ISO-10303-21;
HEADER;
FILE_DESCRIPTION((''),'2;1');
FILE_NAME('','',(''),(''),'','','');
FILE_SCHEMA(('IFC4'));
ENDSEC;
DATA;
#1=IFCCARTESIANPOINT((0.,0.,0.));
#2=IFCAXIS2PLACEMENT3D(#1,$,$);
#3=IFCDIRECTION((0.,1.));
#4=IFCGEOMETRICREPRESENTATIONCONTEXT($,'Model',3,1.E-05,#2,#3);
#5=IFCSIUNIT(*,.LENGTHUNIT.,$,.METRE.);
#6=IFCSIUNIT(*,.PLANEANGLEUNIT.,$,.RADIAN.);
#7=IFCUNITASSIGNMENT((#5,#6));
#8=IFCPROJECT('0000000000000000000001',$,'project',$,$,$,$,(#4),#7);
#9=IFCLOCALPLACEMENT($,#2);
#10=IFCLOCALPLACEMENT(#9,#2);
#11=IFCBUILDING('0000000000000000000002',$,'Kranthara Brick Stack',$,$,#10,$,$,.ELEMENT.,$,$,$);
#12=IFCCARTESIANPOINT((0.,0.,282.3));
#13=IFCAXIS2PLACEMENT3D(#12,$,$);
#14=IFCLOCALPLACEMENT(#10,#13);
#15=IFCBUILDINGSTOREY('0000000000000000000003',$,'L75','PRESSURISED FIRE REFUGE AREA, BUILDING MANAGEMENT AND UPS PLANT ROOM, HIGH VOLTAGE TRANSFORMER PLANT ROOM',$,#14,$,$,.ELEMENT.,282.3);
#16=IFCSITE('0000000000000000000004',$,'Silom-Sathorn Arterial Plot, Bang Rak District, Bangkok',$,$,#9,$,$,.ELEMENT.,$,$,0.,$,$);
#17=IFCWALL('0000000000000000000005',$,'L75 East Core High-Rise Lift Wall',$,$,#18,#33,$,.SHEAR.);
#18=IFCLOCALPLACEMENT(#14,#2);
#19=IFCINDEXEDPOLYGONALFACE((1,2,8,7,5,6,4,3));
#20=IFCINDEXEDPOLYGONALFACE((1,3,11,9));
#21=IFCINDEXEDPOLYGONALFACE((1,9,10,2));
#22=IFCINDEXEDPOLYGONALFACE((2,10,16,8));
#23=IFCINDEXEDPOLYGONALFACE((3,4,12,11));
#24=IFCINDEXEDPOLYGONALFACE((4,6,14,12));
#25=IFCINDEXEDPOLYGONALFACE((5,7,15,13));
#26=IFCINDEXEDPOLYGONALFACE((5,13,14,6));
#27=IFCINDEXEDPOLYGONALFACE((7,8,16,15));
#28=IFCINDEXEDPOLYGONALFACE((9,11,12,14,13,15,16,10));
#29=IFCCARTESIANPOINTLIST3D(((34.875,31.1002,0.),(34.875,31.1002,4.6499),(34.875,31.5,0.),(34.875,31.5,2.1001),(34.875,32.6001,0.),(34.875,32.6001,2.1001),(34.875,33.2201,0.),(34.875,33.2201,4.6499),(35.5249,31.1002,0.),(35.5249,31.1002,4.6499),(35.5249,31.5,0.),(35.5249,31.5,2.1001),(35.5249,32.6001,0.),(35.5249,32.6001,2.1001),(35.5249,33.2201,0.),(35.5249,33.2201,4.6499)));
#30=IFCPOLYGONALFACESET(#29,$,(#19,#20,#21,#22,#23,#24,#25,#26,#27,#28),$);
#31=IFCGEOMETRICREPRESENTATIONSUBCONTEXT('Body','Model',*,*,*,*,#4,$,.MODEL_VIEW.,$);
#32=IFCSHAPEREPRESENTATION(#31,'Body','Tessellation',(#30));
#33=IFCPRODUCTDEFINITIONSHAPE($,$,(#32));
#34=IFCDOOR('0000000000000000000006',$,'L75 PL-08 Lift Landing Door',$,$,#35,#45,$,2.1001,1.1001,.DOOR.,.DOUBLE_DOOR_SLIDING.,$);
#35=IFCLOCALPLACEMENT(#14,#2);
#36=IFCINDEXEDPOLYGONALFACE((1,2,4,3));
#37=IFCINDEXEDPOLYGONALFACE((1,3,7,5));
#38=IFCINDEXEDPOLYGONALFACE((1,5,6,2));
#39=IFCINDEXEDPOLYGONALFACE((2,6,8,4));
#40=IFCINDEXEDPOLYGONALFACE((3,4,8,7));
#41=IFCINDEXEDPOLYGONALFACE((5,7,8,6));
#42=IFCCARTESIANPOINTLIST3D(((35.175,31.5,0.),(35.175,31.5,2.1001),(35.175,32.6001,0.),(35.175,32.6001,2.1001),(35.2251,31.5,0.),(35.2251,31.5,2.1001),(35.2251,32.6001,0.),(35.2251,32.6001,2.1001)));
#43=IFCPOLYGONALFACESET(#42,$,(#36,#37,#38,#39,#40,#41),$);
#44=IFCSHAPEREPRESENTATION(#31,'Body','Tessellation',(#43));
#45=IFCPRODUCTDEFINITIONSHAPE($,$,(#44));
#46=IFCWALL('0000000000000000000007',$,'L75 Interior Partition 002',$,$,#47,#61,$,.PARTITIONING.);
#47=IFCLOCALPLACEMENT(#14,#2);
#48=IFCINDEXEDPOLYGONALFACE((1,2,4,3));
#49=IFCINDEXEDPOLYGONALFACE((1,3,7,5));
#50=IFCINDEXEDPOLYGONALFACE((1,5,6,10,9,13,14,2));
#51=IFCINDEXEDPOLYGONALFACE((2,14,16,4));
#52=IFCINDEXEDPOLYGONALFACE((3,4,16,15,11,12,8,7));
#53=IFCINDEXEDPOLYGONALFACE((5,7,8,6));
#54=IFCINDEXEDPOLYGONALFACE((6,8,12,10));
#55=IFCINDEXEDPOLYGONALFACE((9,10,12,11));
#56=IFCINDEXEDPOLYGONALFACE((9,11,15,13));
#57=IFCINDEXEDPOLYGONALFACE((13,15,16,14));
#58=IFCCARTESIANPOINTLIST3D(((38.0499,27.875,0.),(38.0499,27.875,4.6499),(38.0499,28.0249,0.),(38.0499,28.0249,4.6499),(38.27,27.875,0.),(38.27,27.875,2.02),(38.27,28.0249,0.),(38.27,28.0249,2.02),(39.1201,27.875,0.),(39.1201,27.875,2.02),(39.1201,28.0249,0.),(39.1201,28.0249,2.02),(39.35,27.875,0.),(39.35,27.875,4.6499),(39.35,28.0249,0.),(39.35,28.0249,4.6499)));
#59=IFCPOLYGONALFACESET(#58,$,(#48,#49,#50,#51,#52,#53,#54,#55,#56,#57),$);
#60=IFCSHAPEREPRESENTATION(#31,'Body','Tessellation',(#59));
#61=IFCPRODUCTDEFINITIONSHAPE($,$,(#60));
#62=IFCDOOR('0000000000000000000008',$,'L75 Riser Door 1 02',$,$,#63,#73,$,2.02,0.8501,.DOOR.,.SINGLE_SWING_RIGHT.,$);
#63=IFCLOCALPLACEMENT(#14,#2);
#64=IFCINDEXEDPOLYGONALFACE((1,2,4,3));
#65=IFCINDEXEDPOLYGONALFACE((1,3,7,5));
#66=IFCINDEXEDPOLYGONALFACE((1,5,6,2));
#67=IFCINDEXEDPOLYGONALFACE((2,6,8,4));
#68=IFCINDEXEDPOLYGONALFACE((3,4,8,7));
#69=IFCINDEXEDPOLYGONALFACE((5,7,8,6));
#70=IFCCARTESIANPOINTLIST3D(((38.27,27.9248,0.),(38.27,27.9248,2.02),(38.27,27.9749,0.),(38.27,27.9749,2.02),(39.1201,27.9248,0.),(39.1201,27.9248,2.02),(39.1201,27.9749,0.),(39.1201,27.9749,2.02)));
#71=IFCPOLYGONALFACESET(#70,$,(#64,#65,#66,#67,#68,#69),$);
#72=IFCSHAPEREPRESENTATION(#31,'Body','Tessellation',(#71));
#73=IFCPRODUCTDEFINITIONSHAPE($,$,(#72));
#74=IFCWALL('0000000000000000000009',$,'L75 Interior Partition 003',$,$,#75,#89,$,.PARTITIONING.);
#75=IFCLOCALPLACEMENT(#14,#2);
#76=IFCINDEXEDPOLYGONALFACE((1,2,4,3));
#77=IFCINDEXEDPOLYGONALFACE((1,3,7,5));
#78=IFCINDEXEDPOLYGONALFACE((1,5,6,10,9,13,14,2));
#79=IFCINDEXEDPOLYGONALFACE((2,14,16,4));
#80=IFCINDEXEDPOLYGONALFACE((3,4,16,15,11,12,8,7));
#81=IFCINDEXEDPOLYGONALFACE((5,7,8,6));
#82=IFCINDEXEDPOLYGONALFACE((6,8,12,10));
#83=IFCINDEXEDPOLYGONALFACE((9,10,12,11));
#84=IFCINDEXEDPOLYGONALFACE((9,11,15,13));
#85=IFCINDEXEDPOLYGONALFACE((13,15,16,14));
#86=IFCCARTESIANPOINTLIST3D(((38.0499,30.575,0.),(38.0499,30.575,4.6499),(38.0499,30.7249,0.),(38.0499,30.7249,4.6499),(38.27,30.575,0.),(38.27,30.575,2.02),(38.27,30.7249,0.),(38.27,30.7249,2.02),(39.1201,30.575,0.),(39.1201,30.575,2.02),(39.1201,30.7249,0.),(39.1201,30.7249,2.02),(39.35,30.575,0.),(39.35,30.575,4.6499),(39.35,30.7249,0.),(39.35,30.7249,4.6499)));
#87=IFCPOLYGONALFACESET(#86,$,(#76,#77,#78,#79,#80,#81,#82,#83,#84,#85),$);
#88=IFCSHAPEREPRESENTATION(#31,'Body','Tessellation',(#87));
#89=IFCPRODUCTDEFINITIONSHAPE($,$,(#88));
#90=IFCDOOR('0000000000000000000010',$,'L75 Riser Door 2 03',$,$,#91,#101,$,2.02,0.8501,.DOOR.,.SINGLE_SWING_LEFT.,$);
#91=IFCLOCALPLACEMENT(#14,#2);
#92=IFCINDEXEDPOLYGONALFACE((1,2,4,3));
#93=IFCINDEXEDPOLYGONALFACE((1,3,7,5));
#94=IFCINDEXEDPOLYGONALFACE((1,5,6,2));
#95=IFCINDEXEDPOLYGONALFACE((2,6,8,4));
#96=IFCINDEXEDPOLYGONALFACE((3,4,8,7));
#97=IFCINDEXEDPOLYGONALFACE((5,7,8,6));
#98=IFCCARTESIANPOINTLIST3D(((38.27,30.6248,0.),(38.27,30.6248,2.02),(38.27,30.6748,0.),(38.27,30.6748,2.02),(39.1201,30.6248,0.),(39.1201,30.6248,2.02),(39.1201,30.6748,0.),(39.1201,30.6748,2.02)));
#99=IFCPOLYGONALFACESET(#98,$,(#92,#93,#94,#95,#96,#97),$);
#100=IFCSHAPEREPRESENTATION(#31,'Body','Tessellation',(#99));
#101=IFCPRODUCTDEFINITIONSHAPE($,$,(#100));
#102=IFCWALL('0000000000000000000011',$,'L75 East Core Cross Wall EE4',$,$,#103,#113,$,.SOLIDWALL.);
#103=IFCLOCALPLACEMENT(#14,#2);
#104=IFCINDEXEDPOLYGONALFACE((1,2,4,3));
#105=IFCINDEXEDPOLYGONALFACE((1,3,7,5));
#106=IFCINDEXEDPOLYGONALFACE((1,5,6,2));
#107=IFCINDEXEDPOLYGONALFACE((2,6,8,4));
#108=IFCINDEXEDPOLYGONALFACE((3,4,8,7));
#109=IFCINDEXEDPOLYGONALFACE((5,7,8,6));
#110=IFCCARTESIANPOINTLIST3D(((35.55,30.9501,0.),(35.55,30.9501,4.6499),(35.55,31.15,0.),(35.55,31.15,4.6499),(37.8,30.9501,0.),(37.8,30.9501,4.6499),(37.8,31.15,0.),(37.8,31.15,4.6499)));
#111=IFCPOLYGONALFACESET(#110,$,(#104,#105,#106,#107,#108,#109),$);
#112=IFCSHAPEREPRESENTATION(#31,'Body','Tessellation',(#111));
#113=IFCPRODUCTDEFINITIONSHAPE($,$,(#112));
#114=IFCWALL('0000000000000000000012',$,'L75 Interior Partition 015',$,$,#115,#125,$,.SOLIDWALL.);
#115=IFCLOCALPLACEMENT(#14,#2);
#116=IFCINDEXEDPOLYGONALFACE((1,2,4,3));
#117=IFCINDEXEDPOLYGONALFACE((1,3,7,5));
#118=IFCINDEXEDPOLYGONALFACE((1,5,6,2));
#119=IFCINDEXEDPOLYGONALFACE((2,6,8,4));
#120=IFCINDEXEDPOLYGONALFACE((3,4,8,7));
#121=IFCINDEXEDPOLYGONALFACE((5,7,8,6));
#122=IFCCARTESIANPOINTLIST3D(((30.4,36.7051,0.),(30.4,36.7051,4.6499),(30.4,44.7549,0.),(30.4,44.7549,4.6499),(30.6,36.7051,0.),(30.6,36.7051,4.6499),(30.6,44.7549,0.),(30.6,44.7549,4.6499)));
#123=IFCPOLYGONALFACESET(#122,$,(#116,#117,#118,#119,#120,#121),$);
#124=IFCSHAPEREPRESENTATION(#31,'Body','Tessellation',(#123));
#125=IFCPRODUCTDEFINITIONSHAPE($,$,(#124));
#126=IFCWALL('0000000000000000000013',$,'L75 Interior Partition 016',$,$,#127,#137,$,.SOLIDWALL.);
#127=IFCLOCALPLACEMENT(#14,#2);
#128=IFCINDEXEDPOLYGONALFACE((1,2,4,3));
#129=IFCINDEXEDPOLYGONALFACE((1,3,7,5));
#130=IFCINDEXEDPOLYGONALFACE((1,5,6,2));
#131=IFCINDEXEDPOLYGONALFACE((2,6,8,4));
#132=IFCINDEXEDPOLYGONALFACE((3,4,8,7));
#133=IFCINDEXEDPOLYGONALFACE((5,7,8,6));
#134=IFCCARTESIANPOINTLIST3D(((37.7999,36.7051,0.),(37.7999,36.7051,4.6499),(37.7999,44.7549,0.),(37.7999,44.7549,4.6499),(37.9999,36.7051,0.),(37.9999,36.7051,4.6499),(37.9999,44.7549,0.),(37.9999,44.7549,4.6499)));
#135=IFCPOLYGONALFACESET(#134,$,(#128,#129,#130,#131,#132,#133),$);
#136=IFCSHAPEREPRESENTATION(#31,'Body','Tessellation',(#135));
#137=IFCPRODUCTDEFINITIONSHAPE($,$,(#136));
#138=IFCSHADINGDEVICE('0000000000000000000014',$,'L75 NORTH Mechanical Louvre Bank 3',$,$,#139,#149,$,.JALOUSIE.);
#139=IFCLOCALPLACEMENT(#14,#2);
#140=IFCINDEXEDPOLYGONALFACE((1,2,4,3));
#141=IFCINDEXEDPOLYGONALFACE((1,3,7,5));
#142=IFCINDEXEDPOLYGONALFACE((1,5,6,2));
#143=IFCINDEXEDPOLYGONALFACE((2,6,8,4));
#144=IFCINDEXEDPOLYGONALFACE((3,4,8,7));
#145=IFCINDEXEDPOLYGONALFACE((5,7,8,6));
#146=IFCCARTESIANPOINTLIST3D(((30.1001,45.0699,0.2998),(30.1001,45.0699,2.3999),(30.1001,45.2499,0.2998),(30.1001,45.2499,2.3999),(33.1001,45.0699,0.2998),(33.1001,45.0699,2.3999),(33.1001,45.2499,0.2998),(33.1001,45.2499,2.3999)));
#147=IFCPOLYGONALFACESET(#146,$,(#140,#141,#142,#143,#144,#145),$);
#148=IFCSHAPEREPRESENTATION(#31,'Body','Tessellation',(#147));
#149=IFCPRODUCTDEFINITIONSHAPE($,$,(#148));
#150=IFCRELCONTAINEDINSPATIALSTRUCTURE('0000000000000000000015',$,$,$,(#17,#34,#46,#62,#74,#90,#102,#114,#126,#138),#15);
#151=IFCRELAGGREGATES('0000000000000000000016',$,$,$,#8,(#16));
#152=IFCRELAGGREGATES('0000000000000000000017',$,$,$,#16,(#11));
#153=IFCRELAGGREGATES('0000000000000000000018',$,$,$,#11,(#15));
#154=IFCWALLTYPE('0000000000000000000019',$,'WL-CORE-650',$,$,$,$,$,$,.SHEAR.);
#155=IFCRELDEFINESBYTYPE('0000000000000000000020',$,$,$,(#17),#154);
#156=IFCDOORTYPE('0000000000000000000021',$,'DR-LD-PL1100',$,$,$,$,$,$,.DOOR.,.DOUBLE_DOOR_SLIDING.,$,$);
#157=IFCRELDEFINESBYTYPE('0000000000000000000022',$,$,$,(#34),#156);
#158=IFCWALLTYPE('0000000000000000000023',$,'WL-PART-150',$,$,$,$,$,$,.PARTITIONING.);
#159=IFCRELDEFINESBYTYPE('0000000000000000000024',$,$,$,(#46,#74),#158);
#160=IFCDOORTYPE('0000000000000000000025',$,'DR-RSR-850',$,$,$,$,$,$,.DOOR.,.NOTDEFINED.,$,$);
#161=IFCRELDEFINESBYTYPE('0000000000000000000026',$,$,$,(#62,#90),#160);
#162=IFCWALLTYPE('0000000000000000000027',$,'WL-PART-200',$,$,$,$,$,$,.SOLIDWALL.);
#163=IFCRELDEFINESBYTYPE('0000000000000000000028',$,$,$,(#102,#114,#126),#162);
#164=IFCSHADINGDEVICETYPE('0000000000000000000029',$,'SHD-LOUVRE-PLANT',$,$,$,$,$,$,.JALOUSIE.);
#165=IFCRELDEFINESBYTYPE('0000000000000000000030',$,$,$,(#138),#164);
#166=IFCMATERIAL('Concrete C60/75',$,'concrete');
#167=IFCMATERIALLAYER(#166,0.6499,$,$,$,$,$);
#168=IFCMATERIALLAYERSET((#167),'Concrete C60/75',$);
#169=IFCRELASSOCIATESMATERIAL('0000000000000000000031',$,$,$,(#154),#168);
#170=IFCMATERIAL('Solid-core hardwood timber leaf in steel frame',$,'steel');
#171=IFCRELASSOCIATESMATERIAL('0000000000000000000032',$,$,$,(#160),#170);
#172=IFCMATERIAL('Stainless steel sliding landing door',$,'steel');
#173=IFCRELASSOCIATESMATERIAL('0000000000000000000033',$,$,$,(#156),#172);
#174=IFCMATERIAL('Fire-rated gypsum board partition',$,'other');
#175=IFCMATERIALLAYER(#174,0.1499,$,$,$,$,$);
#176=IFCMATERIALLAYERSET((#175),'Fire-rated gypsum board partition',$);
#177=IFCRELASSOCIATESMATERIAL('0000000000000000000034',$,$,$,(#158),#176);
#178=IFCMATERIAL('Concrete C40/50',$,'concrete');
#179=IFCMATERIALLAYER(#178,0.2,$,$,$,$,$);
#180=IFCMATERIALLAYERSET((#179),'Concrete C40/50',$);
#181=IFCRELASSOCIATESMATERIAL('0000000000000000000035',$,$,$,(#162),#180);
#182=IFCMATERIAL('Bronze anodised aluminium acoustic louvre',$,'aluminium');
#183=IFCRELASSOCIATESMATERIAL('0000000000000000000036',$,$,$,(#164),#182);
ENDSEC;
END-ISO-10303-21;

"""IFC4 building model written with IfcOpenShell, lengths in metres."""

from ifc_helpers import new_model, si_unit, direction, frame, frame_2d, origin, origin_2d, place, context, subcontext, project, spatial, rectangle, extrude, material, layer, layer_set, type_object, element, fill, save


model = new_model("IFC4")

# Units and contexts
model_context = context("Model", 3, precision=1e-05, world=origin(), true_north=direction((0.0, 1.0)))
body_context = subcontext(model_context, "Body", "Model", "MODEL_VIEW")
ifc_project = project(units=[si_unit("LENGTHUNIT", "METRE"), si_unit("PLANEANGLEUNIT", "RADIAN")], contexts=[model_context])

# Site, building, storey
site_placement = place(None, origin())
site = spatial("IfcSite", under=ifc_project, at=site_placement, Name="Silom-Sathorn Arterial Plot, Bang Rak District, Bangkok", CompositionType="ELEMENT", RefElevation=0.0)
building_placement = place(site_placement, origin())
building = spatial("IfcBuilding", under=site, at=building_placement, Name="Kranthara Brick Stack", CompositionType="ELEMENT")
storey_placement = place(building_placement, frame((0.0, 0.0, 282.3)))
storey = spatial("IfcBuildingStorey", under=building, at=storey_placement, Name="L75", Description="PRESSURISED FIRE REFUGE AREA, BUILDING MANAGEMENT AND UPS PLANT ROOM, HIGH VOLTAGE TRANSFORMER PLANT ROOM", CompositionType="ELEMENT", Elevation=282.3)

# Shared definitions
ifc_material_1 = material(Name="Concrete C60/75", Category="concrete")
ifc_layer_1 = layer(ifc_material_1, 0.6499)
ifc_layer_set_1 = layer_set([ifc_layer_1], Name="Concrete C60/75")
wall_type_1 = type_object("IfcWallType", Name="WL-CORE-650", PredefinedType="SHEAR", material=ifc_layer_set_1)
ifc_material_2 = material(Name="Solid-core hardwood timber leaf in steel frame", Category="steel")
door_type_1 = type_object("IfcDoorType", Name="DR-RSR-850", OperationType="NOTDEFINED", PredefinedType="DOOR", material=ifc_material_2)

# Walls, openings, doors
wall_1_placement = place(storey_placement, frame((35.2, 31.1001, 0.0), z_axis=(0.0, 0.0, 1.0), x_axis=(0.0, 1.0, 0.0)))
wall_1 = element("IfcWall", 1, at=wall_1_placement, inside=storey, type_object=wall_type_1, Name="L75 East Core High-Rise Lift Wall", PredefinedType="SHEAR", context=body_context, shape_type="SweptSolid", body=[
    extrude(rectangle(XDim=2.1199, YDim=0.6499, at=frame_2d((1.0601, 0.0))), origin(), (0.0, 0.0, 1.0), 4.6499),
])
opening_1_placement = place(wall_1_placement, frame((0.3999, 0.0, 0.0)))
opening_1 = element("IfcOpeningElement", 2, at=opening_1_placement, cuts=wall_1, PredefinedType="OPENING", context=body_context, shape_type="SweptSolid", body=[
    extrude(rectangle(XDim=1.1001, YDim=2.1001, at=frame_2d((0.55, 1.05))), frame((0.0, 0.335, 0.0), z_axis=(0.0, -1.0, 0.0), x_axis=(1.0, 0.0, 0.0)), (0.0, 0.0, 1.0), 0.6699),
])
ifc_material_3 = material(Name="Stainless steel sliding landing door", Category="steel")
door_type_2 = type_object("IfcDoorType", Name="DR-LD-PL1100", OperationType="DOUBLE_DOOR_SLIDING", PredefinedType="DOOR", material=ifc_material_3)
door_1_placement = place(opening_1_placement, origin())
door_1 = element("IfcDoor", 3, at=door_1_placement, inside=storey, type_object=door_type_2, Name="L75 PL-08 Lift Landing Door", OperationType="DOUBLE_DOOR_SLIDING", OverallHeight=2.1001, OverallWidth=1.1001, PredefinedType="DOOR", context=body_context, shape_type="SweptSolid", body=[
    extrude(rectangle(XDim=1.1001, YDim=2.1001, at=frame_2d((0.55, 1.05))), frame((0.0, 0.0249, 0.0), z_axis=(0.0, -1.0, 0.0), x_axis=(1.0, 0.0, 0.0)), (0.0, 0.0, 1.0), 0.05),
])
fill(opening_1, door_1)
ifc_material_4 = material(Name="Fire-rated gypsum board partition", Category="other")
ifc_layer_2 = layer(ifc_material_4, 0.1499)
ifc_layer_set_2 = layer_set([ifc_layer_2], Name="Fire-rated gypsum board partition")
wall_type_2 = type_object("IfcWallType", Name="WL-PART-150", PredefinedType="PARTITIONING", material=ifc_layer_set_2)
wall_2_placement = place(storey_placement, frame((38.05, 27.95, 0.0), z_axis=(0.0, 0.0, 1.0), x_axis=(1.0, 0.0, 0.0)))
wall_2 = element("IfcWall", 4, at=wall_2_placement, inside=storey, type_object=wall_type_2, Name="L75 Interior Partition 002", PredefinedType="PARTITIONING", context=body_context, shape_type="SweptSolid", body=[
    extrude(rectangle(XDim=1.3, YDim=0.1499, at=frame_2d((0.6499, 0.0))), origin(), (0.0, 0.0, 1.0), 4.6499),
])
opening_2_placement = place(wall_2_placement, frame((0.22, 0.0, 0.0)))
opening_2 = element("IfcOpeningElement", 5, at=opening_2_placement, cuts=wall_2, PredefinedType="OPENING", context=body_context, shape_type="SweptSolid", body=[
    extrude(rectangle(XDim=0.8501, YDim=2.02, at=frame_2d((0.425, 1.01))), frame((0.0, 0.085, 0.0), z_axis=(0.0, -1.0, 0.0), x_axis=(1.0, 0.0, 0.0)), (0.0, 0.0, 1.0), 0.1699),
])
door_2_placement = place(opening_2_placement, origin())
door_2 = element("IfcDoor", 6, at=door_2_placement, inside=storey, type_object=door_type_1, Name="L75 Riser Door 1 02", OperationType="SINGLE_SWING_RIGHT", OverallHeight=2.02, OverallWidth=0.8501, PredefinedType="DOOR", context=body_context, shape_type="SweptSolid", body=[
    extrude(rectangle(XDim=0.8501, YDim=2.02, at=frame_2d((0.425, 1.01))), frame((0.0, 0.0249, 0.0), z_axis=(0.0, -1.0, 0.0), x_axis=(1.0, 0.0, 0.0)), (0.0, 0.0, 1.0), 0.05),
])
fill(opening_2, door_2)
wall_3_placement = place(storey_placement, frame((38.05, 30.6499, 0.0), z_axis=(0.0, 0.0, 1.0), x_axis=(1.0, 0.0, 0.0)))
wall_3 = element("IfcWall", 7, at=wall_3_placement, inside=storey, type_object=wall_type_2, Name="L75 Interior Partition 003", PredefinedType="PARTITIONING", context=body_context, shape_type="SweptSolid", body=[
    extrude(rectangle(XDim=1.3, YDim=0.1499, at=frame_2d((0.6499, 0.0))), origin(), (0.0, 0.0, 1.0), 4.6499),
])
opening_3_placement = place(wall_3_placement, frame((0.22, 0.0, 0.0)))
opening_3 = element("IfcOpeningElement", 8, at=opening_3_placement, cuts=wall_3, PredefinedType="OPENING", context=body_context, shape_type="SweptSolid", body=[
    extrude(rectangle(XDim=0.8501, YDim=2.02, at=frame_2d((0.425, 1.01))), frame((0.0, 0.085, 0.0), z_axis=(0.0, -1.0, 0.0), x_axis=(1.0, 0.0, 0.0)), (0.0, 0.0, 1.0), 0.1699),
])
door_3_placement = place(opening_3_placement, origin())
door_3 = element("IfcDoor", 9, at=door_3_placement, inside=storey, type_object=door_type_1, Name="L75 Riser Door 2 03", OperationType="SINGLE_SWING_LEFT", OverallHeight=2.02, OverallWidth=0.8501, PredefinedType="DOOR", context=body_context, shape_type="SweptSolid", body=[
    extrude(rectangle(XDim=0.8501, YDim=2.02, at=frame_2d((0.425, 1.01))), frame((0.0, 0.0249, 0.0), z_axis=(0.0, -1.0, 0.0), x_axis=(1.0, 0.0, 0.0)), (0.0, 0.0, 1.0), 0.05),
])
fill(opening_3, door_3)

# Walls
ifc_material_5 = material(Name="Concrete C40/50", Category="concrete")
ifc_layer_3 = layer(ifc_material_5, 0.2)
ifc_layer_set_3 = layer_set([ifc_layer_3], Name="Concrete C40/50")
wall_type_3 = type_object("IfcWallType", Name="WL-PART-200", PredefinedType="SOLIDWALL", material=ifc_layer_set_3)
wall_4_placement = place(storey_placement, frame((35.55, 31.05, 0.0), z_axis=(0.0, 0.0, 1.0), x_axis=(1.0, 0.0, 0.0)))
element("IfcWall", 10, at=wall_4_placement, inside=storey, type_object=wall_type_3, Name="L75 East Core Cross Wall EE4", PredefinedType="SOLIDWALL", context=body_context, shape_type="SweptSolid", body=[
    extrude(rectangle(XDim=2.25, YDim=0.2, at=frame_2d((1.125, 0.0))), origin(), (0.0, 0.0, 1.0), 4.6499),
])
for number, where, z_axis, x_axis, name in (
    (11, (30.5, 36.7051, 0.0), (0.0, 0.0, 1.0), (0.0, 1.0, 0.0), "L75 Interior Partition 015"),
    (12, (37.8999, 36.7051, 0.0), (0.0, 0.0, 1.0), (0.0, 1.0, 0.0), "L75 Interior Partition 016"),
):
    element("IfcWall", number, at=place(storey_placement, frame(where, z_axis=z_axis, x_axis=x_axis)), inside=storey, type_object=wall_type_3, Name=name, PredefinedType="SOLIDWALL", context=body_context, shape_type="SweptSolid", body=[
        extrude(rectangle(XDim=8.0498, YDim=0.2, at=frame_2d((4.0249, 0.0))), origin(), (0.0, 0.0, 1.0), 4.6499),
    ])

# Shading device
ifc_material_6 = material(Name="Bronze anodised aluminium acoustic louvre", Category="aluminium")
shading_device_type = type_object("IfcShadingDeviceType", Name="SHD-LOUVRE-PLANT", PredefinedType="JALOUSIE", material=ifc_material_6)
shading_device_placement = place(storey_placement, frame((31.6001, 45.1599, 0.2998), z_axis=(0.0, 0.0, 1.0), x_axis=(1.0, 0.0, 0.0)))
element("IfcShadingDevice", 13, at=shading_device_placement, inside=storey, type_object=shading_device_type, Name="L75 NORTH Mechanical Louvre Bank 3", PredefinedType="JALOUSIE", context=body_context, shape_type="SweptSolid", body=[
    extrude(rectangle(XDim=3.0, YDim=0.1799, at=origin_2d()), origin(), (0.0, 0.0, 1.0), 2.1001),
])

save(model, "model.ifc")
